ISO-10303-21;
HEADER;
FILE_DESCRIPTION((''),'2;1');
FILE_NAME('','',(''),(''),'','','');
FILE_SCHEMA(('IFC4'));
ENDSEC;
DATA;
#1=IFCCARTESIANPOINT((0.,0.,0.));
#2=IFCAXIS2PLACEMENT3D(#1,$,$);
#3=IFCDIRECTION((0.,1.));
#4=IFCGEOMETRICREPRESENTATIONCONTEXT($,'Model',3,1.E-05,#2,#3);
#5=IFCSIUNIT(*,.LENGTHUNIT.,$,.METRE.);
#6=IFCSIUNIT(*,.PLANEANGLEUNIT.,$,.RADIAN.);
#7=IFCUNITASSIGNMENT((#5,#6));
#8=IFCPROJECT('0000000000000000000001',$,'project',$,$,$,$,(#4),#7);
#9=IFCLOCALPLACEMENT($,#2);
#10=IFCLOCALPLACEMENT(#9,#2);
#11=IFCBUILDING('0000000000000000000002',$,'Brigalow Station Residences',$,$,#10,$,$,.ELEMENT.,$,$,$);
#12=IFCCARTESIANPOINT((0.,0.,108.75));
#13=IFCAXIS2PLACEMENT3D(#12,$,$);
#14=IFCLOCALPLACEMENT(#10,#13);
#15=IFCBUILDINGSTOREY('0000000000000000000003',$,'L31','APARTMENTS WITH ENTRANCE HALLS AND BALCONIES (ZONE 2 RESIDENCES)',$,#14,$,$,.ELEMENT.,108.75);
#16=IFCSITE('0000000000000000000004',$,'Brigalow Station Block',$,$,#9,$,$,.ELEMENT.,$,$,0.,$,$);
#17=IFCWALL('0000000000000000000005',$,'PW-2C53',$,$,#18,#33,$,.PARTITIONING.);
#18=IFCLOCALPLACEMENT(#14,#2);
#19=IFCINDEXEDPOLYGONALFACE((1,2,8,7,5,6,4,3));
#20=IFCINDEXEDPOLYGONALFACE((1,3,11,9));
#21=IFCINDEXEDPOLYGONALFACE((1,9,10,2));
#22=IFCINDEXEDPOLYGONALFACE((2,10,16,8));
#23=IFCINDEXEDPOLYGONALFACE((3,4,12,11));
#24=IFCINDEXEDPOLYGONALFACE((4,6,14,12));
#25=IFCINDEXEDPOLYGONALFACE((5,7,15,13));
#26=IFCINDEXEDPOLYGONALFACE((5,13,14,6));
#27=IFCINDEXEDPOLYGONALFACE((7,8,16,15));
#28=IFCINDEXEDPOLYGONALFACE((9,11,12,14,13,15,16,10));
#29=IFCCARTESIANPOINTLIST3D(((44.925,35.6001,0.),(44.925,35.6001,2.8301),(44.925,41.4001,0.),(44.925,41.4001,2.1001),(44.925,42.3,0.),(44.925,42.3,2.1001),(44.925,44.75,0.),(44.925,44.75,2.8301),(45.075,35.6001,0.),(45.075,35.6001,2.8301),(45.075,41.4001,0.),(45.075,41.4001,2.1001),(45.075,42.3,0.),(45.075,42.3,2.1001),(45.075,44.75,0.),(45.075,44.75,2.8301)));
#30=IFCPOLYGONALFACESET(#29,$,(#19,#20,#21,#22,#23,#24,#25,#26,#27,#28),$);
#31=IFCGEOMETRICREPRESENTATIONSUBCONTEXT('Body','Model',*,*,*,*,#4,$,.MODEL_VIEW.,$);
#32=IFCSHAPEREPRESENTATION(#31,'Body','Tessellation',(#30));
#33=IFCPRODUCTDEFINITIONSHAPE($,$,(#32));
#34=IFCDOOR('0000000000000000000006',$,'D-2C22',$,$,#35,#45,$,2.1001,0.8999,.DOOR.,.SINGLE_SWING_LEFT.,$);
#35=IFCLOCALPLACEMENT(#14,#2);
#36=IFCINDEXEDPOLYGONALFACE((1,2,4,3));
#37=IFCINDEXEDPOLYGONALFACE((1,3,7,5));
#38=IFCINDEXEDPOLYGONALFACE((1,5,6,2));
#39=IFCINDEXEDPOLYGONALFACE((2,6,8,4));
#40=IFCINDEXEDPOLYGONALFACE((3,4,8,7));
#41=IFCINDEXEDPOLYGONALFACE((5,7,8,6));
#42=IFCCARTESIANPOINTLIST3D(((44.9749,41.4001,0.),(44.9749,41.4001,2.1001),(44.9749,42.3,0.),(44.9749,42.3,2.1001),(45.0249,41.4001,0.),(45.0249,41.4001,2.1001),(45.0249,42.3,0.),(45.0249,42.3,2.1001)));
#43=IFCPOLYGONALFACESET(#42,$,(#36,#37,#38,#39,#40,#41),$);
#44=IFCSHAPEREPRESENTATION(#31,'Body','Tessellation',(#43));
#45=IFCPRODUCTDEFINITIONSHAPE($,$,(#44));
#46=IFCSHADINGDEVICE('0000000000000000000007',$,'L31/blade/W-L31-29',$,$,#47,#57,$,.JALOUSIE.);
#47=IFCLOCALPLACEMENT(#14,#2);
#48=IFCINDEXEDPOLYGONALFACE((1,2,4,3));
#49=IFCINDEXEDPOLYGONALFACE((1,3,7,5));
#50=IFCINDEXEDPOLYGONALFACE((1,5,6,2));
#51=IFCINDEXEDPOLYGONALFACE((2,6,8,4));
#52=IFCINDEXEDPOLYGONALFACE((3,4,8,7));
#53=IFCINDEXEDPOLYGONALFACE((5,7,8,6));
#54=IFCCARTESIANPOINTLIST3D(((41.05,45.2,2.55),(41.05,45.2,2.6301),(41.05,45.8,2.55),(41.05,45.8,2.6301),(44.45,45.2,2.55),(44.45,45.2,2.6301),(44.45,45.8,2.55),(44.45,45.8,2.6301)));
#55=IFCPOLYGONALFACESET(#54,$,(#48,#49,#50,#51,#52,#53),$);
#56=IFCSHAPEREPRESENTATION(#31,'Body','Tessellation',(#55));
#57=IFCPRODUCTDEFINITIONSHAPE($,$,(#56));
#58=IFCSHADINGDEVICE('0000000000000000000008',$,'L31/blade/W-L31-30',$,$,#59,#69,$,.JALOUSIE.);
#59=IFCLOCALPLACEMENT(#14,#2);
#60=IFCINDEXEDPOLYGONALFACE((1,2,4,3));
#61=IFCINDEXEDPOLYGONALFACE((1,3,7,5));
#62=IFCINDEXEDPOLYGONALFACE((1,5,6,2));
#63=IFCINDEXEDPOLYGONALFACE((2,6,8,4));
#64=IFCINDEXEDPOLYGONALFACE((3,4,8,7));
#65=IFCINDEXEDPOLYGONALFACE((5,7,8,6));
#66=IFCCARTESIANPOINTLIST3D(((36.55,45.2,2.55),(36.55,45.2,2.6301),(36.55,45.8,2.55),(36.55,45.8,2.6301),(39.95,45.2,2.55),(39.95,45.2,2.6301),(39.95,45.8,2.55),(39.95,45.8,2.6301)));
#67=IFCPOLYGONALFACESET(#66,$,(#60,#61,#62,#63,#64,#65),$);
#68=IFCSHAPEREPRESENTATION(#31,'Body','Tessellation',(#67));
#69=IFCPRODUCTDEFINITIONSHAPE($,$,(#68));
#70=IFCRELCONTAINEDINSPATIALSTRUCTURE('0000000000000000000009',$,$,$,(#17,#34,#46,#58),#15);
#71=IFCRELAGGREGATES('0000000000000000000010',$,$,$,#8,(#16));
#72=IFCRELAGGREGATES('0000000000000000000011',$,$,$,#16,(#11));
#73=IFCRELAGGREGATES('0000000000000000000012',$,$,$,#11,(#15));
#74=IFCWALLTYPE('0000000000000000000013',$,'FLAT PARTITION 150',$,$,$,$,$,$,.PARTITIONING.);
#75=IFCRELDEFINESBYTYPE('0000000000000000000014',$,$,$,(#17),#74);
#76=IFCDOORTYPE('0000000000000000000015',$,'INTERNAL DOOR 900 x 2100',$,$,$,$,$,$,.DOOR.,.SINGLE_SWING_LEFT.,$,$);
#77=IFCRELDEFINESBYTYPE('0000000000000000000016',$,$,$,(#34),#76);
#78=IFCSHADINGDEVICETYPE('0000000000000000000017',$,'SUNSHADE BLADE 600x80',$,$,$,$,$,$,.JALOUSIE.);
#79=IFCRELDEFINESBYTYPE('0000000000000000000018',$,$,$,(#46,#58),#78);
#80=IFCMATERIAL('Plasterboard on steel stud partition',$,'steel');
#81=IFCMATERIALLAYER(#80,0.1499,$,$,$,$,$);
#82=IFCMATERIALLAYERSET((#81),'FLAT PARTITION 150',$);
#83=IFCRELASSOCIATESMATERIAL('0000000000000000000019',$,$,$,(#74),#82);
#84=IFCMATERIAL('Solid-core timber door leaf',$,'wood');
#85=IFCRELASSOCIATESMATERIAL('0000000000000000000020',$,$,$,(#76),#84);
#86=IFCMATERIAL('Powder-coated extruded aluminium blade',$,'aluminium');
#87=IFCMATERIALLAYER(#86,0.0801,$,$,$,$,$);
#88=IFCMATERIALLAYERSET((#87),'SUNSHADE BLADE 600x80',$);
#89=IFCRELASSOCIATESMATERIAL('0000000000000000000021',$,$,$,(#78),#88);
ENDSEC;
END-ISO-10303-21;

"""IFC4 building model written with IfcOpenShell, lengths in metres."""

from ifc_helpers import new_model, si_unit, direction, frame, frame_2d, origin, origin_2d, place, context, subcontext, project, spatial, rectangle, extrude, material, layer, layer_set, type_object, element, fill, save


model = new_model("IFC4")

# Units and contexts
model_context = context("Model", 3, precision=1e-05, world=origin(), true_north=direction((0.0, 1.0)))
body_context = subcontext(model_context, "Body", "Model", "MODEL_VIEW")
ifc_project = project(units=[si_unit("LENGTHUNIT", "METRE"), si_unit("PLANEANGLEUNIT", "RADIAN")], contexts=[model_context])

# Site, building, storey
site_placement = place(None, origin())
site = spatial("IfcSite", under=ifc_project, at=site_placement, Name="Brigalow Station Block", CompositionType="ELEMENT", RefElevation=0.0)
building_placement = place(site_placement, origin())
building = spatial("IfcBuilding", under=site, at=building_placement, Name="Brigalow Station Residences", CompositionType="ELEMENT")
storey_placement = place(building_placement, frame((0.0, 0.0, 108.75)))
storey = spatial("IfcBuildingStorey", under=building, at=storey_placement, Name="L31", Description="APARTMENTS WITH ENTRANCE HALLS AND BALCONIES (ZONE 2 RESIDENCES)", CompositionType="ELEMENT", Elevation=108.75)

# Wall, opening, door
ifc_material_1 = material(Name="Plasterboard on steel stud partition", Category="steel")
ifc_layer_1 = layer(ifc_material_1, 0.1499)
ifc_layer_set_1 = layer_set([ifc_layer_1], Name="FLAT PARTITION 150")
wall_type_1 = type_object("IfcWallType", Name="FLAT PARTITION 150", PredefinedType="PARTITIONING", material=ifc_layer_set_1)
wall_1_placement = place(storey_placement, frame((45.0, 35.6001, 0.0), z_axis=(0.0, 0.0, 1.0), x_axis=(0.0, 1.0, 0.0)))
wall_1 = element("IfcWall", 1, at=wall_1_placement, inside=storey, type_object=wall_type_1, Name="PW-2C53", PredefinedType="PARTITIONING", context=body_context, shape_type="SweptSolid", body=[
    extrude(rectangle(XDim=9.1499, YDim=0.1499, at=frame_2d((4.575, 0.0))), origin(), (0.0, 0.0, 1.0), 2.8301),
])
opening_1_placement = place(wall_1_placement, frame((5.8, 0.0, 0.0)))
opening_1 = element("IfcOpeningElement", 2, at=opening_1_placement, cuts=wall_1, PredefinedType="OPENING", context=body_context, shape_type="SweptSolid", body=[
    extrude(rectangle(XDim=0.8999, YDim=2.1001, at=frame_2d((0.45, 1.05))), frame((0.0, 0.085, 0.0), z_axis=(0.0, -1.0, 0.0), x_axis=(1.0, 0.0, 0.0)), (0.0, 0.0, 1.0), 0.1699),
])
ifc_material_2 = material(Name="Solid-core timber door leaf", Category="wood")
door_type = type_object("IfcDoorType", Name="INTERNAL DOOR 900 x 2100", OperationType="SINGLE_SWING_LEFT", PredefinedType="DOOR", material=ifc_material_2)
door_placement = place(opening_1_placement, frame((0.8999, 0.0, 0.0), z_axis=(0.0, 0.0, 1.0), x_axis=(-1.0, 0.0, 0.0)))
door = element("IfcDoor", 3, at=door_placement, inside=storey, type_object=door_type, Name="D-2C22", OperationType="SINGLE_SWING_LEFT", OverallHeight=2.1001, OverallWidth=0.8999, PredefinedType="DOOR", context=body_context, shape_type="SweptSolid", body=[
    extrude(rectangle(XDim=0.8999, YDim=2.1001, at=frame_2d((0.45, 1.05))), frame((0.0, 0.0249, 0.0), z_axis=(0.0, -1.0, 0.0), x_axis=(1.0, 0.0, 0.0)), (0.0, 0.0, 1.0), 0.05),
])
fill(opening_1, door)

# Shading devices
ifc_material_3 = material(Name="Powder-coated extruded aluminium blade", Category="aluminium")
ifc_layer_2 = layer(ifc_material_3, 0.0801)
ifc_layer_set_2 = layer_set([ifc_layer_2], Name="SUNSHADE BLADE 600x80")
shading_device_type = type_object("IfcShadingDeviceType", Name="SUNSHADE BLADE 600x80", PredefinedType="JALOUSIE", material=ifc_layer_set_2)
for number, where, z_axis, x_axis, name in (
    (4, (42.75, 45.5, 2.55), (0.0, 0.0, 1.0), (-1.0, 0.0, 0.0), "L31/blade/W-L31-29"),
    (5, (38.25, 45.5, 2.55), (0.0, 0.0, 1.0), (-1.0, 0.0, 0.0), "L31/blade/W-L31-30"),
):
    element("IfcShadingDevice", number, at=place(storey_placement, frame(where, z_axis=z_axis, x_axis=x_axis)), inside=storey, type_object=shading_device_type, Name=name, PredefinedType="JALOUSIE", context=body_context, shape_type="SweptSolid", body=[
        extrude(rectangle(XDim=3.3999, YDim=0.6001, at=origin_2d()), origin(), (0.0, 0.0, 1.0), 0.0801),
    ])

save(model, "model.ifc")
